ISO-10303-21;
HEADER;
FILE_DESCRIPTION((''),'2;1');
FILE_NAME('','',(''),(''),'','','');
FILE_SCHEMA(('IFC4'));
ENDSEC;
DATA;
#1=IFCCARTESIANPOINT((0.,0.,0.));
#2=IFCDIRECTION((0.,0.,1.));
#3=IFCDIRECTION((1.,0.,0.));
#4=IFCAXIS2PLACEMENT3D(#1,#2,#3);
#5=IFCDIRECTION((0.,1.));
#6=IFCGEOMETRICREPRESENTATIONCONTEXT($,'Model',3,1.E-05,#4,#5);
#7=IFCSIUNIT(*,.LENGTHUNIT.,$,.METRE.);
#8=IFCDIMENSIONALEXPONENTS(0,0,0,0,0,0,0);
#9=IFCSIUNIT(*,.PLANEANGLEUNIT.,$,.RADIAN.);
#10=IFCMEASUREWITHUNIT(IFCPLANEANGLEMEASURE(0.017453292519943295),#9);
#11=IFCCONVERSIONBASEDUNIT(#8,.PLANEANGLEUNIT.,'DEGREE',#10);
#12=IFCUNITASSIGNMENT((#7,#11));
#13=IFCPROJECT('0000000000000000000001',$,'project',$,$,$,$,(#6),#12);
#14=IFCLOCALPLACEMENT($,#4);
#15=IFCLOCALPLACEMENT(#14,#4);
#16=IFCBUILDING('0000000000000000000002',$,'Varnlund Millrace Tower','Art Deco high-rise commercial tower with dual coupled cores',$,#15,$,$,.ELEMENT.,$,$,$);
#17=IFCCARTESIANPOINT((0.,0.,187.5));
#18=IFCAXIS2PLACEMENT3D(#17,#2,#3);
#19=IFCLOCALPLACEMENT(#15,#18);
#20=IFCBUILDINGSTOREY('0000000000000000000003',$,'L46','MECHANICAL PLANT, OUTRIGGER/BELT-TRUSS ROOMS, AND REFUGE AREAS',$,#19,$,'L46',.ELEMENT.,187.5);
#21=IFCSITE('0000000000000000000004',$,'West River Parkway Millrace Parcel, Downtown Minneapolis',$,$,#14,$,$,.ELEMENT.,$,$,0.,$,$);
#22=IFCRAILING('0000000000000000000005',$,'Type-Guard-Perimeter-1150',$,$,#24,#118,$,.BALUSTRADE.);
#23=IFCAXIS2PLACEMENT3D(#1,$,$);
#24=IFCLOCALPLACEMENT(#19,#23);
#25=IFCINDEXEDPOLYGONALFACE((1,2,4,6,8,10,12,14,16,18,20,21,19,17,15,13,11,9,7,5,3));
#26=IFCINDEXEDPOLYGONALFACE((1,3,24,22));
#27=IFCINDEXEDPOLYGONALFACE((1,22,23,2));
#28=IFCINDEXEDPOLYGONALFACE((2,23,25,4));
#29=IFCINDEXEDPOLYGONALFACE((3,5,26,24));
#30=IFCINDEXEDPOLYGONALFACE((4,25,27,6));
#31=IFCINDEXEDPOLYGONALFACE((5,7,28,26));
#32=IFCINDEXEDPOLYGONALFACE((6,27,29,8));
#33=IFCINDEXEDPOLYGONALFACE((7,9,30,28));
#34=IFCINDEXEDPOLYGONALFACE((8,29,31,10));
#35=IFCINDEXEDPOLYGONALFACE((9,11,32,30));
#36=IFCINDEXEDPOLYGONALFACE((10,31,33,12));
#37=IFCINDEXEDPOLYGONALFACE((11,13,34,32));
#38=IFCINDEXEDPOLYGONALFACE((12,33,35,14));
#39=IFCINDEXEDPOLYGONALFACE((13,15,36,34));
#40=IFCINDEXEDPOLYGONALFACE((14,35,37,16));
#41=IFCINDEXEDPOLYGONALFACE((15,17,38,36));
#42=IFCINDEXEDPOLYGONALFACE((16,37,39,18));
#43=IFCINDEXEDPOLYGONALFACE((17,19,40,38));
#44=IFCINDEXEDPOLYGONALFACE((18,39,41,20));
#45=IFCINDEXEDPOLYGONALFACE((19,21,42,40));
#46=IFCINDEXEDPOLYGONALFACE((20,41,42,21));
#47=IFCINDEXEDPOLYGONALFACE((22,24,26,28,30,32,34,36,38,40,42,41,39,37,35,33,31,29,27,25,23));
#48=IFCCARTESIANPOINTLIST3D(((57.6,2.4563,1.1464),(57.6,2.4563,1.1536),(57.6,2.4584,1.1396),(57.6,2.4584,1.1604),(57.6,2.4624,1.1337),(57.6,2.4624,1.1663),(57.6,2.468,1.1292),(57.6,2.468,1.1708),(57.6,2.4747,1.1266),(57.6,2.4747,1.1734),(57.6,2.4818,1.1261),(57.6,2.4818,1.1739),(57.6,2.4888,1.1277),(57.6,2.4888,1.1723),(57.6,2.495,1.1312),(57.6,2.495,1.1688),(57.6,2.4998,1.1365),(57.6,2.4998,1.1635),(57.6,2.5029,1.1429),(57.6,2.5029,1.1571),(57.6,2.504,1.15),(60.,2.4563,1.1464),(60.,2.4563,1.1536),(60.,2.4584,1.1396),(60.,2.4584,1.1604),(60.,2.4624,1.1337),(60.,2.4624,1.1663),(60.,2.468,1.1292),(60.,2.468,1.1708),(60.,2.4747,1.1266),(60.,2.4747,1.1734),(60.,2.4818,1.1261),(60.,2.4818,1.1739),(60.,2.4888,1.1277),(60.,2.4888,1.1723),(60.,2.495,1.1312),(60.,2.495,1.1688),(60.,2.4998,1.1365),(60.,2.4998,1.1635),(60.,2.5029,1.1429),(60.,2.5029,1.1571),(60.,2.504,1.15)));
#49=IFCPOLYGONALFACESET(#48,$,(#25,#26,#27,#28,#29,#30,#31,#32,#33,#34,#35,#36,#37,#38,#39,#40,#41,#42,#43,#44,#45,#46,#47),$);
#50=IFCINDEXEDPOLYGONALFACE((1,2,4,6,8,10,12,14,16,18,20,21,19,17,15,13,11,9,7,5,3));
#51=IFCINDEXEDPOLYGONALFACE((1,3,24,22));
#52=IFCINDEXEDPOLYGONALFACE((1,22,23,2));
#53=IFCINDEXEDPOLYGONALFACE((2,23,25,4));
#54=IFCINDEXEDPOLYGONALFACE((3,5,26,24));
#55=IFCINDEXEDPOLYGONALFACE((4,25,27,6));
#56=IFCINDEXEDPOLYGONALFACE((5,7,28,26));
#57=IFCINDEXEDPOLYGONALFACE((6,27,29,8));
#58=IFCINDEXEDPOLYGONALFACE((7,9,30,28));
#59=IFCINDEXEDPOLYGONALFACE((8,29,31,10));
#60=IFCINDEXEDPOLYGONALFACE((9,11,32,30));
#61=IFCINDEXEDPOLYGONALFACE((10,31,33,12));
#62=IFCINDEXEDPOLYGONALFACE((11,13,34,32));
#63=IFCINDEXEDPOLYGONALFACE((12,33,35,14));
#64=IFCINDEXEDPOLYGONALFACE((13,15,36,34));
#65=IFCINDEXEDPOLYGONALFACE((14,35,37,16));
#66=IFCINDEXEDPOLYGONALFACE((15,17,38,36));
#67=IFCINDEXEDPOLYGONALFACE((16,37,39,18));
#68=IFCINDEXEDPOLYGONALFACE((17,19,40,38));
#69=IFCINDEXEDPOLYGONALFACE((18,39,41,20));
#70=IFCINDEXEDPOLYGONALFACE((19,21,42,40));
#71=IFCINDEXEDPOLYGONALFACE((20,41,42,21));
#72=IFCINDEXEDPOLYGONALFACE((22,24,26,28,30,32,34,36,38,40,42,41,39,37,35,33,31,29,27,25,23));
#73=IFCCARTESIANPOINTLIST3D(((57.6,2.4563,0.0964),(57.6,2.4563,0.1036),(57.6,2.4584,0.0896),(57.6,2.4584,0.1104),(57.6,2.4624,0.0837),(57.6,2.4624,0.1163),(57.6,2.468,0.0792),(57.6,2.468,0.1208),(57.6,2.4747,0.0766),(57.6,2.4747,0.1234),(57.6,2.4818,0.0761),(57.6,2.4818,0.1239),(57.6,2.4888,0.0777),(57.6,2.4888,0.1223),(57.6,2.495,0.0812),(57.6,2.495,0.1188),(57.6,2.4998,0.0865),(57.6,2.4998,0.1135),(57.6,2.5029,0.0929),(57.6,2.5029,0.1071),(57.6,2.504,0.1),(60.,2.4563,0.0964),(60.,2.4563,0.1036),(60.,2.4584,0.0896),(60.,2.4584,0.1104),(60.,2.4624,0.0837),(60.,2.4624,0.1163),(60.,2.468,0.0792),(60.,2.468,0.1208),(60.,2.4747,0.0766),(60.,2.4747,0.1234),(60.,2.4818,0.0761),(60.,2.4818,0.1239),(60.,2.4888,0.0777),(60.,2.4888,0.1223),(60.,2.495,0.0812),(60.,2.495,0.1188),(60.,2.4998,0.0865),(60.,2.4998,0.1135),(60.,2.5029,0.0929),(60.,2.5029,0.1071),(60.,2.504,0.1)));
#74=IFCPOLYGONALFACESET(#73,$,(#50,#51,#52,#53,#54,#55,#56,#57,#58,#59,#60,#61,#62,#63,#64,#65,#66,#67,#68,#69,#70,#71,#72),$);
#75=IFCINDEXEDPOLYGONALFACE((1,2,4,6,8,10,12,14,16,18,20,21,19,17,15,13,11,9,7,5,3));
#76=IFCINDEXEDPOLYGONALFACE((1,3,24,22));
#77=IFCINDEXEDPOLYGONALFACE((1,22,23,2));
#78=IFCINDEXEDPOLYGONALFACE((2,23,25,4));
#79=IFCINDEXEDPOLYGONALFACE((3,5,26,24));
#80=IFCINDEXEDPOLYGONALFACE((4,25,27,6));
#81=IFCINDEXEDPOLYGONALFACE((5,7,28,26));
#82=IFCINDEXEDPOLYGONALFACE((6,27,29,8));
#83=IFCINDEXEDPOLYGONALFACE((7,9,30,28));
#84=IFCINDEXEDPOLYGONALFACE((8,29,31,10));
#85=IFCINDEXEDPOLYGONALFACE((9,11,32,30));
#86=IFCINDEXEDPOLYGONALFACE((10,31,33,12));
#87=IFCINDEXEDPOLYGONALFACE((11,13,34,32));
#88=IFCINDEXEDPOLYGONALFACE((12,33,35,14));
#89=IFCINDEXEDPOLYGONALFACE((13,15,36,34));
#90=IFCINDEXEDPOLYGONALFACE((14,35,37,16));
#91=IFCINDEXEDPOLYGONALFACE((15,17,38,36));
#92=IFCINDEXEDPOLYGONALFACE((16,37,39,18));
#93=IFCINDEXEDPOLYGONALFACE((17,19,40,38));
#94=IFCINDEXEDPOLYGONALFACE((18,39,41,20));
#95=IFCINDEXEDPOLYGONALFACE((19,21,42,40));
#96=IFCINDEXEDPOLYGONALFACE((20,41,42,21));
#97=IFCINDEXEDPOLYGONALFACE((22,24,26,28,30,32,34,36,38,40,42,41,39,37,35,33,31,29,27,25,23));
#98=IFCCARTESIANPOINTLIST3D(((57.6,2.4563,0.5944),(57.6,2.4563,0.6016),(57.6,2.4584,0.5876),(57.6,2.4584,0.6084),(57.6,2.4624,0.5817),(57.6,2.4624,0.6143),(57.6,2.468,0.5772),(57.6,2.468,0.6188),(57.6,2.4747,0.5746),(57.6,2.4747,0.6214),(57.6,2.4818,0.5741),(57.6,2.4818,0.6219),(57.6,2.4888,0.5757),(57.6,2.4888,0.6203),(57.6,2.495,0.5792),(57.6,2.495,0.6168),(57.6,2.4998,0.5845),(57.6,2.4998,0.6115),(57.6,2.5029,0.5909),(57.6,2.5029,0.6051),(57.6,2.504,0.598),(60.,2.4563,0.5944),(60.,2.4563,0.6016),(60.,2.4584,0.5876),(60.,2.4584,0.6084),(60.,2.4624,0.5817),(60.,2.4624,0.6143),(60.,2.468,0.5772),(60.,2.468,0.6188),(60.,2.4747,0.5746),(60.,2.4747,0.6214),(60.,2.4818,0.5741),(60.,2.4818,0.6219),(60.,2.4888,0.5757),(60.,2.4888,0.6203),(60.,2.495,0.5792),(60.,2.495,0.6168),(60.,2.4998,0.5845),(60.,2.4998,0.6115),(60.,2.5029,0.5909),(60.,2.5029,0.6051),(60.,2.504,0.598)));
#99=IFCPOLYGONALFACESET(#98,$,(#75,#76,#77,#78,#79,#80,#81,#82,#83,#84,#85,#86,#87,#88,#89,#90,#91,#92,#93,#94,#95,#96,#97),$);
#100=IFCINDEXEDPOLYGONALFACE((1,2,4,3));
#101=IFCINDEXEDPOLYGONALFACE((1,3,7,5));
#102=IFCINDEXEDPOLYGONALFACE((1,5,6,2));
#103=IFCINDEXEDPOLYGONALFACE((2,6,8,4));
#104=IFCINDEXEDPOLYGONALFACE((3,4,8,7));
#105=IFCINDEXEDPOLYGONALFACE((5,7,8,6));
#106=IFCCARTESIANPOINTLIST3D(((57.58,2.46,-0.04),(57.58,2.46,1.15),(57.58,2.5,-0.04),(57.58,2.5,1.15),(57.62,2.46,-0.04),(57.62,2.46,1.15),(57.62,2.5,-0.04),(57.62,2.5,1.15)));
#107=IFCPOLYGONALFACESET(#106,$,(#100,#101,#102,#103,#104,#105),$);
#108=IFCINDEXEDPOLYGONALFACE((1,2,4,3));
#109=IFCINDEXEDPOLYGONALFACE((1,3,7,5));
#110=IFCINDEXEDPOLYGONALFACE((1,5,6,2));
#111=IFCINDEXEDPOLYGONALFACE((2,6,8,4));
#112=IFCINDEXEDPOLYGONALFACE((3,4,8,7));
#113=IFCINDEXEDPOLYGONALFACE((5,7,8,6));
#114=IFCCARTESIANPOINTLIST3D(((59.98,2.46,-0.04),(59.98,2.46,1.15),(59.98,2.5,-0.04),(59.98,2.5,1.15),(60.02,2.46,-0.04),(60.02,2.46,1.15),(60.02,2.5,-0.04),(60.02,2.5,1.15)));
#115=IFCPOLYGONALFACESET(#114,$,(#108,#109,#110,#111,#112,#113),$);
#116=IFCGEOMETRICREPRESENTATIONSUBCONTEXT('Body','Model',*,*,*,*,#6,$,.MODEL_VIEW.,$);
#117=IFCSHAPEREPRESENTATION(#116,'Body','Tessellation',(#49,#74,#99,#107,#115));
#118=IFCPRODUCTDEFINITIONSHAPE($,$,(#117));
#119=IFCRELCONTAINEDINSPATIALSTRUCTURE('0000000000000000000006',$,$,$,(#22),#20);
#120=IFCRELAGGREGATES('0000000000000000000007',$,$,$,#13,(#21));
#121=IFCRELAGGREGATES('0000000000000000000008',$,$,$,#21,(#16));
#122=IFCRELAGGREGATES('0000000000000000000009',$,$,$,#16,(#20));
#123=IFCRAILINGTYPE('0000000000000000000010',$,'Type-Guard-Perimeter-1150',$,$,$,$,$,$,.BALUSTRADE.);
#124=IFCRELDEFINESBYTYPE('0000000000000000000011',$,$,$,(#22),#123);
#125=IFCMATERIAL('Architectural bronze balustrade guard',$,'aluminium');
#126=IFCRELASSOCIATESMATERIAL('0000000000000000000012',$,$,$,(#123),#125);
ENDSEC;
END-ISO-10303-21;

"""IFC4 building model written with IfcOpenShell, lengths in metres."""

from ifc_helpers import new_model, entity, si_unit, converted_unit, direction, frame, origin_with_axes, origin_2d_with_axis, place, context, subcontext, project, spatial, rectangle, circle, extrude, material, type_object, element, save


model = new_model("IFC4")

# Units and contexts
model_context = context("Model", 3, precision=1e-05, world=origin_with_axes(), true_north=direction((0.0, 1.0)))
body_context = subcontext(model_context, "Body", "Model", "MODEL_VIEW")
ifc_project = project(units=[si_unit("LENGTHUNIT", "METRE"), converted_unit("PLANEANGLEUNIT", "DEGREE", entity("IfcPlaneAngleMeasure", 0.017453292519943295), si_unit("PLANEANGLEUNIT", "RADIAN"), dimensions=[0, 0, 0, 0, 0, 0, 0])], contexts=[model_context])

# Site, building, storey
site_placement = place(None, origin_with_axes())
site = spatial("IfcSite", under=ifc_project, at=site_placement, Name="West River Parkway Millrace Parcel, Downtown Minneapolis", CompositionType="ELEMENT", RefElevation=0.0)
building_placement = place(site_placement, origin_with_axes())
building = spatial("IfcBuilding", under=site, at=building_placement, Name="Varnlund Millrace Tower", Description="Art Deco high-rise commercial tower with dual coupled cores", CompositionType="ELEMENT")
storey_placement = place(building_placement, frame((0.0, 0.0, 187.5), z_axis=(0.0, 0.0, 1.0), x_axis=(1.0, 0.0, 0.0)))
storey = spatial("IfcBuildingStorey", under=building, at=storey_placement, Name="L46", Description="MECHANICAL PLANT, OUTRIGGER/BELT-TRUSS ROOMS, AND REFUGE AREAS", LongName="L46", CompositionType="ELEMENT", Elevation=187.5)

# Railing
ifc_material_1 = material(Name="Architectural bronze balustrade guard", Category="aluminium")
railing_type_1 = type_object("IfcRailingType", Name="Type-Guard-Perimeter-1150", PredefinedType="BALUSTRADE", material=ifc_material_1)
railing_1_placement = place(storey_placement, frame((0.0, 0.0, -187.5), z_axis=(0.0, 0.0, 1.0), x_axis=(1.0, 0.0, 0.0)))
element("IfcRailing", 1, at=railing_1_placement, inside=storey, type_object=railing_type_1, Name="Type-Guard-Perimeter-1150", PredefinedType="BALUSTRADE", context=body_context, shape_type="SweptSolid", body=[
    extrude(circle(Radius=0.024, at=origin_2d_with_axis()), frame((57.6, 2.48, 188.65), z_axis=(1.0, 0.0, 0.0), x_axis=(0.0, 1.0, 0.0)), (0.0, 0.0, 1.0), 2.4),
    extrude(circle(Radius=0.024, at=origin_2d_with_axis()), frame((57.6, 2.48, 187.6), z_axis=(1.0, 0.0, 0.0), x_axis=(0.0, 1.0, 0.0)), (0.0, 0.0, 1.0), 2.4),
    extrude(circle(Radius=0.024, at=origin_2d_with_axis()), frame((57.6, 2.48, 188.098), z_axis=(1.0, 0.0, 0.0), x_axis=(0.0, 1.0, 0.0)), (0.0, 0.0, 1.0), 2.4),
    extrude(rectangle(XDim=0.04, YDim=0.04, at=origin_2d_with_axis()), frame((57.6, 2.48, 187.46), z_axis=(0.0, 0.0, 1.0), x_axis=(1.0, 0.0, 0.0)), (0.0, 0.0, 1.0), 1.19),
    extrude(rectangle(XDim=0.04, YDim=0.04, at=origin_2d_with_axis()), frame((60.0, 2.48, 187.46), z_axis=(0.0, 0.0, 1.0), x_axis=(1.0, 0.0, 0.0)), (0.0, 0.0, 1.0), 1.19),
])

save(model, "model.ifc")
